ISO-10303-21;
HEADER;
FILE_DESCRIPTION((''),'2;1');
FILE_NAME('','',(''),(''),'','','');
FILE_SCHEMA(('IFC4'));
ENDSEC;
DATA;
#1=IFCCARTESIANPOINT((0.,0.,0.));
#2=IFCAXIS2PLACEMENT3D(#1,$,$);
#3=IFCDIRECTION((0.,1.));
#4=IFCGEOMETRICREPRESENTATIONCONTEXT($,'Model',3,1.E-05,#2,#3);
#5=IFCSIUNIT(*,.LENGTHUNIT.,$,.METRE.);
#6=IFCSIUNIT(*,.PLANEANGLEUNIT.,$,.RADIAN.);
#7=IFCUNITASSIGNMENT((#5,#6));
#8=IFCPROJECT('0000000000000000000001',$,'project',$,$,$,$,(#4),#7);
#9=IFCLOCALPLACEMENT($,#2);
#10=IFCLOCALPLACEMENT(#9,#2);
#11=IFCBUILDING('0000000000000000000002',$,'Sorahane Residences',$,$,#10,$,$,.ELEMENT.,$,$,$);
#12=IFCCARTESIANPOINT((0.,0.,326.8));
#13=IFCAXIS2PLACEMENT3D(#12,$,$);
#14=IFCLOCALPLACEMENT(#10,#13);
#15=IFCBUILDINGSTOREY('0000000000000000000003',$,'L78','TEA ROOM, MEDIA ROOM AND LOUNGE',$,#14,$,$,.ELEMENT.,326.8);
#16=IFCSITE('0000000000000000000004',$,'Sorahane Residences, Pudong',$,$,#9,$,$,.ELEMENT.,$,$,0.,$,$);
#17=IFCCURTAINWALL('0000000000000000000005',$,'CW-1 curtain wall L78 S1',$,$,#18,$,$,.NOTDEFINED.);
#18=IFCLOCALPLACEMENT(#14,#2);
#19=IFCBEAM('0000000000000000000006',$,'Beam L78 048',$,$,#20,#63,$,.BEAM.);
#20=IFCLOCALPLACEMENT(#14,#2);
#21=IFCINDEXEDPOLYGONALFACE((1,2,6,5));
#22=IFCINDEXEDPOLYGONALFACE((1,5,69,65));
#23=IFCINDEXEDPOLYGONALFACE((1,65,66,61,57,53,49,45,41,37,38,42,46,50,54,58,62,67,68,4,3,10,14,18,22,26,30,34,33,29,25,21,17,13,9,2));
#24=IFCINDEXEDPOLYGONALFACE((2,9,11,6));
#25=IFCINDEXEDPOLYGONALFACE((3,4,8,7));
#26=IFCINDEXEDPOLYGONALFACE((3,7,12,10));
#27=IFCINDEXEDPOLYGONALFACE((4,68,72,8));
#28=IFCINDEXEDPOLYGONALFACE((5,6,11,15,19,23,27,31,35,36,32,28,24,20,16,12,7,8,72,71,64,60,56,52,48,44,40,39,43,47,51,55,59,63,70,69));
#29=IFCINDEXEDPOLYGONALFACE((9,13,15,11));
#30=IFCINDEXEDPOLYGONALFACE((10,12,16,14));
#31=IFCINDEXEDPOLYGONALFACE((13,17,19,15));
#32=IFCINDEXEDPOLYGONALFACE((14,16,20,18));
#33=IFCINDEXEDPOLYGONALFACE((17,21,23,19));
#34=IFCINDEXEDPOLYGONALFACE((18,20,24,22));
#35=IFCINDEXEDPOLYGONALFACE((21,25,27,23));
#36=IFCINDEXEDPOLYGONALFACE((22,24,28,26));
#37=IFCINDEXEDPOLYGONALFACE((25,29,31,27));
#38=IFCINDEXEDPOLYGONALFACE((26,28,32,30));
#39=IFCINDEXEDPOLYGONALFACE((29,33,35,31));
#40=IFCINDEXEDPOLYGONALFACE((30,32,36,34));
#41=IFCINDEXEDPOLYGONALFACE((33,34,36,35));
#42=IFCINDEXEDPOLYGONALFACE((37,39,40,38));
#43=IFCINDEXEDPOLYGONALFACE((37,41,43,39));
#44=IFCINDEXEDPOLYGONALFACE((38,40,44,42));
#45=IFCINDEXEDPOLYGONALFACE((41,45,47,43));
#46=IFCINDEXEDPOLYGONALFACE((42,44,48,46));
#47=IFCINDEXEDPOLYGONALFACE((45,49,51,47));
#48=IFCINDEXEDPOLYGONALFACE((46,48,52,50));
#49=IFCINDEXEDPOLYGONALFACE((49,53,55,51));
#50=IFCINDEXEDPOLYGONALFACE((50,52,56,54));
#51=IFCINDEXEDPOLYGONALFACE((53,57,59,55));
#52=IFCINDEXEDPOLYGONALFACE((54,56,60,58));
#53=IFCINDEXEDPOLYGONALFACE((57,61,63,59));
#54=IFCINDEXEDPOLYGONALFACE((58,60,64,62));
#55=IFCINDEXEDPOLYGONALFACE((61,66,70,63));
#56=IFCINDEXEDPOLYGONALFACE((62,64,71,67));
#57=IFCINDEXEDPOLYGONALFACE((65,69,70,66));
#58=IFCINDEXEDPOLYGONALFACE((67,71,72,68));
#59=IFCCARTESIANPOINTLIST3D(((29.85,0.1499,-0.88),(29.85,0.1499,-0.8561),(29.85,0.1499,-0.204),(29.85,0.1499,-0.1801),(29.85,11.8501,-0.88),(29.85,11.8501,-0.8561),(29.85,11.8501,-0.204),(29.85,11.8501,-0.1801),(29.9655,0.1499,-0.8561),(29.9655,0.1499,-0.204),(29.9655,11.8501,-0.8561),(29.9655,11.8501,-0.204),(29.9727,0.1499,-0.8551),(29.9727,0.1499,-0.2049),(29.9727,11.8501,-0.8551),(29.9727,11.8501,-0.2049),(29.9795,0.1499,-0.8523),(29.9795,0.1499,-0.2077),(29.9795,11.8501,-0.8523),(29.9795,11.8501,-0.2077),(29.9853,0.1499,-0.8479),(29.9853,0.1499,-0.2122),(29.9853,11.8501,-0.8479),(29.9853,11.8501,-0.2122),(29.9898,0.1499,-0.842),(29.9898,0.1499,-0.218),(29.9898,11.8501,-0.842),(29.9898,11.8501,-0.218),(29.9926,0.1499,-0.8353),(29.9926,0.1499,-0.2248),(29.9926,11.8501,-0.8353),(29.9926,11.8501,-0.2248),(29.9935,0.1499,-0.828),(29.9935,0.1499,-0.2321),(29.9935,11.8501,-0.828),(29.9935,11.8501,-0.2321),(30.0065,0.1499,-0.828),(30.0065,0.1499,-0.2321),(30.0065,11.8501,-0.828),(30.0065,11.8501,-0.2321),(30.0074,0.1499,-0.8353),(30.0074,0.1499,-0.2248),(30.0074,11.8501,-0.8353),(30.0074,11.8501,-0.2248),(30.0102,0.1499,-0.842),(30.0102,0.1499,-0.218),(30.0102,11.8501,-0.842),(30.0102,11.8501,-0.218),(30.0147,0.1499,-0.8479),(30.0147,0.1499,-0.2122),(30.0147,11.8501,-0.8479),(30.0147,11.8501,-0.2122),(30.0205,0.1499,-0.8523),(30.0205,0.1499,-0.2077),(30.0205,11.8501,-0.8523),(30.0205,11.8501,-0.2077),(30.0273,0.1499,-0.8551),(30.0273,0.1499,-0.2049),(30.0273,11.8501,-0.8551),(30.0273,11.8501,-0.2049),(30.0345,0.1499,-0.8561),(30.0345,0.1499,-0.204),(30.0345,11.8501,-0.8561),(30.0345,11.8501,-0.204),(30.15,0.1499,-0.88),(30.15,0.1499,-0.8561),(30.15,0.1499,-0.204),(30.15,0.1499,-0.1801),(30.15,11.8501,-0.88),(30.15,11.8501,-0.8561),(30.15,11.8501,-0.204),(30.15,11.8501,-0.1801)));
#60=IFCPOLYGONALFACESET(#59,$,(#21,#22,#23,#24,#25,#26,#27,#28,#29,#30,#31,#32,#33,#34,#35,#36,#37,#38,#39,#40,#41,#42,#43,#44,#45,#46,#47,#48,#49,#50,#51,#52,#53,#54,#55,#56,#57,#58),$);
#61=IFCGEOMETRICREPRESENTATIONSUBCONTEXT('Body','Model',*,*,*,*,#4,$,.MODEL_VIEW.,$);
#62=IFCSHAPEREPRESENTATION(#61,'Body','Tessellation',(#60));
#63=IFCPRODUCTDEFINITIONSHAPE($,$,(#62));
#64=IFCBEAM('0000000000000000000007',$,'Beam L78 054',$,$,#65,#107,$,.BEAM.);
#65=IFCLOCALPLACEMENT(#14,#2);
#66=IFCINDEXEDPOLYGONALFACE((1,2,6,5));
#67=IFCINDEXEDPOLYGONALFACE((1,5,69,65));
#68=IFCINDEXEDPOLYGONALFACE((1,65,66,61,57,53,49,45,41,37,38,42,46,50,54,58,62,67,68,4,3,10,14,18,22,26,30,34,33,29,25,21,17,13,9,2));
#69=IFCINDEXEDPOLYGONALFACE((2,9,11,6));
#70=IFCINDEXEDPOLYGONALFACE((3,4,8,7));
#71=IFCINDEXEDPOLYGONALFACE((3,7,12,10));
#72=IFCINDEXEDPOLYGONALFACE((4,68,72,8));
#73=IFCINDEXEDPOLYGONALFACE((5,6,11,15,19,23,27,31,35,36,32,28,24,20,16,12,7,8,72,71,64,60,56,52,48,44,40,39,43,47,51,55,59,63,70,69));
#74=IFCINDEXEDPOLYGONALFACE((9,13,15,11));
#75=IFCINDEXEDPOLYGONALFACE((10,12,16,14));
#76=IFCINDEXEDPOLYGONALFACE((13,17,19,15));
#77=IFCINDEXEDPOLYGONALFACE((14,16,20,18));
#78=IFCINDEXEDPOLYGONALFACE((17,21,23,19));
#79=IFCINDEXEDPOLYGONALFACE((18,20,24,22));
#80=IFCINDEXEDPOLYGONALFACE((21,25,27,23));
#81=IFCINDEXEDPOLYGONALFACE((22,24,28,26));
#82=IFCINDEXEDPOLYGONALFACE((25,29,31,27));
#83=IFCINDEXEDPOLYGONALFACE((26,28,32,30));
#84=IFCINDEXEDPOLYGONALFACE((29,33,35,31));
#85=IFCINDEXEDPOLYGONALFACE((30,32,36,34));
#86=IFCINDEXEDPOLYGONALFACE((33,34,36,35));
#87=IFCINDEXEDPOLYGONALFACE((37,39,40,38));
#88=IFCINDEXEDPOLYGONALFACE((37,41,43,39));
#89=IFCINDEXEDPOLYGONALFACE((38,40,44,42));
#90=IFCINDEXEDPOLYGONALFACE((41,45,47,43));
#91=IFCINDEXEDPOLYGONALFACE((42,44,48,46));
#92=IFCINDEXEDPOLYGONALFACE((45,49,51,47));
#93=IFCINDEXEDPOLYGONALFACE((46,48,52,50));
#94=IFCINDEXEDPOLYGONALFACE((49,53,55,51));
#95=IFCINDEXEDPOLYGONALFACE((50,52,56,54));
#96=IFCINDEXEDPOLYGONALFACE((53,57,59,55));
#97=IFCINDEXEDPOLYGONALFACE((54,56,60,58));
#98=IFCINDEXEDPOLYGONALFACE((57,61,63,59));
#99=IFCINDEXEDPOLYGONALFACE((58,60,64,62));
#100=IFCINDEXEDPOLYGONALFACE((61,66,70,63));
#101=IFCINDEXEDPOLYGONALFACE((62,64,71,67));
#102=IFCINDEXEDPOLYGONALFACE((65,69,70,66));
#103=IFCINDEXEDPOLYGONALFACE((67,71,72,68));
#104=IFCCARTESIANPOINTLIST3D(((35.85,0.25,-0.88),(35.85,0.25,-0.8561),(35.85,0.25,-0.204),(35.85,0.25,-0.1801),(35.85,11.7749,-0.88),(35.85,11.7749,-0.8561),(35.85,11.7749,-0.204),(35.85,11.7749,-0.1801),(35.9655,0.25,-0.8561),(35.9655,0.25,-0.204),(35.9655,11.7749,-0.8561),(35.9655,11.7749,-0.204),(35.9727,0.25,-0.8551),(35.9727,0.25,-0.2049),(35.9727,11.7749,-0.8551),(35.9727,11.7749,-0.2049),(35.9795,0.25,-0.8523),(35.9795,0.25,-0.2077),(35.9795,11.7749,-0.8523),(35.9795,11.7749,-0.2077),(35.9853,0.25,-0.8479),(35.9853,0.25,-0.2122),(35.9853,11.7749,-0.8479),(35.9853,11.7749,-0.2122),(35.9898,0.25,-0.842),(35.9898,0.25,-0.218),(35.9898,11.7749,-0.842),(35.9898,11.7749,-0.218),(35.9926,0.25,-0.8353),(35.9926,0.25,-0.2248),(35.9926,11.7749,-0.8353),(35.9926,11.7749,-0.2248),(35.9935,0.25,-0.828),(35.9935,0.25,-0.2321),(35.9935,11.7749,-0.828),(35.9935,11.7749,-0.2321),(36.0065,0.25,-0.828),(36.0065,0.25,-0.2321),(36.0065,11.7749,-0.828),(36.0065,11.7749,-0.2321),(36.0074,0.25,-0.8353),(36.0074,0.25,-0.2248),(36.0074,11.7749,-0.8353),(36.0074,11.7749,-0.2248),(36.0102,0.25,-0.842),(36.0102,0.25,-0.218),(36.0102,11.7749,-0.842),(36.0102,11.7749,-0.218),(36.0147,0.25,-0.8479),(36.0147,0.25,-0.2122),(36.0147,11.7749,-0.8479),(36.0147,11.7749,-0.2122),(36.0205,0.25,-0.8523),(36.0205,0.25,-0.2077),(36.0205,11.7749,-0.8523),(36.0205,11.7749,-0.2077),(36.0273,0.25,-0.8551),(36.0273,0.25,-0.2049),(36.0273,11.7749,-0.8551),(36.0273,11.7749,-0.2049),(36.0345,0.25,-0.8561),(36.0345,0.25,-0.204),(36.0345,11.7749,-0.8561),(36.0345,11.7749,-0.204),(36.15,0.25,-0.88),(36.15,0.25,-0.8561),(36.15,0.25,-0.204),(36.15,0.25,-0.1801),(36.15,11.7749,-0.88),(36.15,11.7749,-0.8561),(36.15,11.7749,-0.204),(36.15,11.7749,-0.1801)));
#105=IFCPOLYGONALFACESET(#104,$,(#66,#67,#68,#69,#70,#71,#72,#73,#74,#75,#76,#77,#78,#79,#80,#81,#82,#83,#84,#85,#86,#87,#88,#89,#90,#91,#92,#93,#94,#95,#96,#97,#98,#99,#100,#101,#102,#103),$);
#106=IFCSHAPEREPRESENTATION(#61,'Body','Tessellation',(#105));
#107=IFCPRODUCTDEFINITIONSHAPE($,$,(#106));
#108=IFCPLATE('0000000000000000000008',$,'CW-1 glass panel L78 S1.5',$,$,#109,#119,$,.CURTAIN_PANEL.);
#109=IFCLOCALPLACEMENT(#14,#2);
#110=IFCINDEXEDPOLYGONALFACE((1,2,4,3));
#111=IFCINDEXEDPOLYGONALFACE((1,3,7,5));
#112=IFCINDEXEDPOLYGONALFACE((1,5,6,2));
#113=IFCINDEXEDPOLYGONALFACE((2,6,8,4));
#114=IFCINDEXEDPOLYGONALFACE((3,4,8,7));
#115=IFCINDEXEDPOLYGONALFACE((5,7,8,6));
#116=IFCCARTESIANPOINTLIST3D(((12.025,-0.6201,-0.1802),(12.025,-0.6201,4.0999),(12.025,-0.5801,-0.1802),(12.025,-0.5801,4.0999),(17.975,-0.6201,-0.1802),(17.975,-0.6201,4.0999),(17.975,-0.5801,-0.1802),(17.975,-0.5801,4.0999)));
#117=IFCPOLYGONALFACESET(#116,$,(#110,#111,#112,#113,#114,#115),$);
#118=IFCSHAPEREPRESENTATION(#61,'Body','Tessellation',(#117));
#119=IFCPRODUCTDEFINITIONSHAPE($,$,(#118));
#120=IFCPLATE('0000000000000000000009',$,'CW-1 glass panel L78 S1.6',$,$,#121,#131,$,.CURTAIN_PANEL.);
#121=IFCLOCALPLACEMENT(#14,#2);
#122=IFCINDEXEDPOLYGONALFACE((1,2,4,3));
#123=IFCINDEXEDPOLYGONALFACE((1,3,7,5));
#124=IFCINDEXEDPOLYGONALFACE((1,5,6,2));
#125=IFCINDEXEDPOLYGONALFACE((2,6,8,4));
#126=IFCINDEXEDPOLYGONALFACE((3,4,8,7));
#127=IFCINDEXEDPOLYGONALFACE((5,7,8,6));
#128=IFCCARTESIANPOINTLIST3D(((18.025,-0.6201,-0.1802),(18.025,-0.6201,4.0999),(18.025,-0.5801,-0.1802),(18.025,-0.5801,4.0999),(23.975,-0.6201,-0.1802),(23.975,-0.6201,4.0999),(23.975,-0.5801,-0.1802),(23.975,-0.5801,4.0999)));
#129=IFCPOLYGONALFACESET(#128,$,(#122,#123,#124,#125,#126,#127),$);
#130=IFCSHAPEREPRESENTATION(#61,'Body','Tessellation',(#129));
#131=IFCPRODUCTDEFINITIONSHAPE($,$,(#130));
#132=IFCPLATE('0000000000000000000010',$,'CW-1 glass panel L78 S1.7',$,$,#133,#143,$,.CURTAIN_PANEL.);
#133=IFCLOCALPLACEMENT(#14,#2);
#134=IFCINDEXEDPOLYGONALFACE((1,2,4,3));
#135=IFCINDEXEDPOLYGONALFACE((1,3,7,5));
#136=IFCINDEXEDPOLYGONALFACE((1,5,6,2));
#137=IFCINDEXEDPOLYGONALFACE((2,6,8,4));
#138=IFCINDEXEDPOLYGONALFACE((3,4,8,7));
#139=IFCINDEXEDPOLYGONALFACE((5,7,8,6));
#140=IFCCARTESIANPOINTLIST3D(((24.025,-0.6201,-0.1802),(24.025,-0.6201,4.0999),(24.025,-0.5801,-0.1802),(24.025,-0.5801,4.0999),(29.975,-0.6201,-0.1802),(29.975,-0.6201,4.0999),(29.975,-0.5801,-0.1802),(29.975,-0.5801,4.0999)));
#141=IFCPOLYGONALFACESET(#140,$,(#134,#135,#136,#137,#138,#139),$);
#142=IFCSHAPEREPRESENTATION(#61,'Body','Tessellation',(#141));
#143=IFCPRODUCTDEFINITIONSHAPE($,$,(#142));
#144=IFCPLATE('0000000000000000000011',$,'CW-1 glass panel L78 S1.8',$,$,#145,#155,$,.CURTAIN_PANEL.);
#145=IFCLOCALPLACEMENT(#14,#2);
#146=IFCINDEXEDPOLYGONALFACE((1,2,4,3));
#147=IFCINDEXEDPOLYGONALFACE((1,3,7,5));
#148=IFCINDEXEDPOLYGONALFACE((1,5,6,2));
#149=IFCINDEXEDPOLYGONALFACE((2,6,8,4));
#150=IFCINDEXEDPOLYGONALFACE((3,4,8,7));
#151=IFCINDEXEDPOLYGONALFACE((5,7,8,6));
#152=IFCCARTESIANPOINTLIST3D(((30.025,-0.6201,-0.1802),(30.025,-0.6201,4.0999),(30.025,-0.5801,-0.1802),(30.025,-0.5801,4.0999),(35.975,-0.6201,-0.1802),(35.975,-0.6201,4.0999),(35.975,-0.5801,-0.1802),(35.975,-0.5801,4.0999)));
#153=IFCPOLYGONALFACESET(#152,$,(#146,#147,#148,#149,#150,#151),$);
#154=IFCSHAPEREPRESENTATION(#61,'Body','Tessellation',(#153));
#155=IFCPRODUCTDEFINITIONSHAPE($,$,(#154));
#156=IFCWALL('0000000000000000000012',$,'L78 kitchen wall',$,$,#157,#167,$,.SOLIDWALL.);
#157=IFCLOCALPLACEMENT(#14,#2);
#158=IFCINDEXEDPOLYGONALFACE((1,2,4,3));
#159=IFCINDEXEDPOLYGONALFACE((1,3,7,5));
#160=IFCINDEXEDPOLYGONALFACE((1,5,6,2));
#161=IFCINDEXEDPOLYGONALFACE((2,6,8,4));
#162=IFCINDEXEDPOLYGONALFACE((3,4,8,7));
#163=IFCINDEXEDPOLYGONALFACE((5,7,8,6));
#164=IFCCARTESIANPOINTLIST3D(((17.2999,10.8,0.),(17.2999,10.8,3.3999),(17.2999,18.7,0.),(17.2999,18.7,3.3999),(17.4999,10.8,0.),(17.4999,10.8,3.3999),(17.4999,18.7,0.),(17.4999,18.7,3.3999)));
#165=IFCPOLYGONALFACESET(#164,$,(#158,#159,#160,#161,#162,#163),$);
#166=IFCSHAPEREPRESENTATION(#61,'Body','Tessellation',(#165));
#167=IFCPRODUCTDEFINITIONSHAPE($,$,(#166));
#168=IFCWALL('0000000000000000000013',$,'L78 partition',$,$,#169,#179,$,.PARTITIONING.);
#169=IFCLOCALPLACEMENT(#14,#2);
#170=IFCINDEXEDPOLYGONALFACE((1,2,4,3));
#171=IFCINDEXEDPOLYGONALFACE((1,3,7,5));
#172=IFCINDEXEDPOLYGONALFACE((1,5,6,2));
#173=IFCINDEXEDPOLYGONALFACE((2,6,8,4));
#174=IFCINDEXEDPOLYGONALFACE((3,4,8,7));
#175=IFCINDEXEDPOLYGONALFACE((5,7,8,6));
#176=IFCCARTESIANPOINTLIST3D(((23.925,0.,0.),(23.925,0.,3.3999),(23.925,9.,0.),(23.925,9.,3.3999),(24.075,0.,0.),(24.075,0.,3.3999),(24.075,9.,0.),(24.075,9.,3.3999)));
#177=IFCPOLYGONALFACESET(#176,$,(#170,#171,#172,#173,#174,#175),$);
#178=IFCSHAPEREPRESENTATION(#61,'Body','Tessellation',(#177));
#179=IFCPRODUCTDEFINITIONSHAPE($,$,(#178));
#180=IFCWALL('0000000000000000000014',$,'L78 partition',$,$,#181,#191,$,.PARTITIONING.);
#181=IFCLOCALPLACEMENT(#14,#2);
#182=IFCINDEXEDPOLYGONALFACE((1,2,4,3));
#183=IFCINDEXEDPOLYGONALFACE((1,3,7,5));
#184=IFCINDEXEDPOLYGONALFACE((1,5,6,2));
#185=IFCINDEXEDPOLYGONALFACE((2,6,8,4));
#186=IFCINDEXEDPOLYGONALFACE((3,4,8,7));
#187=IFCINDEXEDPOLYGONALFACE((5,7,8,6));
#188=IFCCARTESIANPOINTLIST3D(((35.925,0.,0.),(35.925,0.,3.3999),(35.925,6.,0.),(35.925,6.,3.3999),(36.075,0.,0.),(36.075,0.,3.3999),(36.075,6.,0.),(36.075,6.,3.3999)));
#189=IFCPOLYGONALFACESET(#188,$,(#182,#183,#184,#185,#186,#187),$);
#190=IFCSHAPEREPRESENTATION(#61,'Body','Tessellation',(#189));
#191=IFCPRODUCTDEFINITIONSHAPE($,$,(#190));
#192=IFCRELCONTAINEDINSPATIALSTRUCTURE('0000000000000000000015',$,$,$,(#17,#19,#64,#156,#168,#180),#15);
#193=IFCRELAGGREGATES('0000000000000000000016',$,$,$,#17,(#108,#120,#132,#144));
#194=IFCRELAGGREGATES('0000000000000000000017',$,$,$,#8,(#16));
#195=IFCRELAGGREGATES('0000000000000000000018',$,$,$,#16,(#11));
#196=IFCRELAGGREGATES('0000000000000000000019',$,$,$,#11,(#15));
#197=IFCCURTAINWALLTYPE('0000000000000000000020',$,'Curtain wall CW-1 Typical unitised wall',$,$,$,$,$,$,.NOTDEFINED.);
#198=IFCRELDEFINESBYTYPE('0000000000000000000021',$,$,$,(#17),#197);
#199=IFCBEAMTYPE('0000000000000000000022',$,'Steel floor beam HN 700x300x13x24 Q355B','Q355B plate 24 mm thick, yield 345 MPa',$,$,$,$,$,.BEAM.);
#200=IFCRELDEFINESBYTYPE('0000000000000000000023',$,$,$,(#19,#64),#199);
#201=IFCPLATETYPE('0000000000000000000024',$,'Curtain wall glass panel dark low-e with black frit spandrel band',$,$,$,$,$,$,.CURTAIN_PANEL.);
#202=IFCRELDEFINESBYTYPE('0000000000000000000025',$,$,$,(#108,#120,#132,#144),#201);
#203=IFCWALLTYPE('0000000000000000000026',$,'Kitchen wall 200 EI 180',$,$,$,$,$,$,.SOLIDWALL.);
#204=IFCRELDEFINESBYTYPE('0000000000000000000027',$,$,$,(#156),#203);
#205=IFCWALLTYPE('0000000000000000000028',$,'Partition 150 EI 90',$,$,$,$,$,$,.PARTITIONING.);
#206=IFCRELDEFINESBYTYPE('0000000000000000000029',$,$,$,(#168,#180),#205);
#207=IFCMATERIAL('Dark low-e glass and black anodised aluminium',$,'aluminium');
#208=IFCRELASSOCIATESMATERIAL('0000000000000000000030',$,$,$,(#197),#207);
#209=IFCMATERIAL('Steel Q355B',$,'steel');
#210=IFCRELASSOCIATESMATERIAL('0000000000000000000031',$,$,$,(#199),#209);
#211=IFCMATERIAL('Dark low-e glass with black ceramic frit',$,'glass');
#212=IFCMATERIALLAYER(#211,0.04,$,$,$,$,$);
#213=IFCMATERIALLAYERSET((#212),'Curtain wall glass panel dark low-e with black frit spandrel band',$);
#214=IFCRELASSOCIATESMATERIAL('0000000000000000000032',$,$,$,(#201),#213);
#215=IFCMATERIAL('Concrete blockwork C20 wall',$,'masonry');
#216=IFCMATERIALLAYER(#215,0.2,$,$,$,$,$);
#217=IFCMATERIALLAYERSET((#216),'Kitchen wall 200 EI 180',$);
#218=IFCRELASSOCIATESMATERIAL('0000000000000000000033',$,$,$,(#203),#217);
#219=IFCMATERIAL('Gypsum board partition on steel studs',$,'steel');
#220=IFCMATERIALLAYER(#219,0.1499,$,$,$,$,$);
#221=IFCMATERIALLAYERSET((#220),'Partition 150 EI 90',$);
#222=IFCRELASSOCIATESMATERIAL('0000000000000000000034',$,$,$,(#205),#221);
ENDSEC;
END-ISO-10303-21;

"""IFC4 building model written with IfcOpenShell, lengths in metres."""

from ifc_helpers import new_model, si_unit, direction, frame, frame_2d, origin, origin_2d, place, context, subcontext, project, spatial, rectangle, i_section, extrude, material, layer, layer_set, material_profile, profile_set, type_object, element, aggregate, save


model = new_model("IFC4")

# Units and contexts
model_context = context("Model", 3, precision=1e-05, world=origin(), true_north=direction((0.0, 1.0)))
body_context = subcontext(model_context, "Body", "Model", "MODEL_VIEW")
ifc_project = project(units=[si_unit("LENGTHUNIT", "METRE"), si_unit("PLANEANGLEUNIT", "RADIAN")], contexts=[model_context])

# Site, building, storey
site_placement = place(None, origin())
site = spatial("IfcSite", under=ifc_project, at=site_placement, Name="Sorahane Residences, Pudong", CompositionType="ELEMENT", RefElevation=0.0)
building_placement = place(site_placement, origin())
building = spatial("IfcBuilding", under=site, at=building_placement, Name="Sorahane Residences", CompositionType="ELEMENT")
storey_placement = place(building_placement, frame((0.0, 0.0, 326.8)))
storey = spatial("IfcBuildingStorey", under=building, at=storey_placement, Name="L78", Description="TEA ROOM, MEDIA ROOM AND LOUNGE", CompositionType="ELEMENT", Elevation=326.8)

# Curtain wall
ifc_material_1 = material(Name="Dark low-e glass and black anodised aluminium", Category="aluminium")
curtain_wall_type = type_object("IfcCurtainWallType", Name="Curtain wall CW-1 Typical unitised wall", PredefinedType="NOTDEFINED", material=ifc_material_1)
curtain_wall_placement = place(storey_placement, origin())
curtain_wall = element("IfcCurtainWall", 1, at=curtain_wall_placement, inside=storey, type_object=curtain_wall_type, Name="CW-1 curtain wall L78 S1", PredefinedType="NOTDEFINED")

# Beams
ifc_material_2 = material(Name="Steel Q355B", Category="steel")
ifc_material_profile_1 = material_profile(ifc_material_2, i_section(OverallWidth=0.3, OverallDepth=0.7, WebThickness=0.0129, FlangeThickness=0.0239, FilletRadius=0.0281, at=origin_2d()), Name="HN 700x300x13x24")
ifc_profile_set_1 = profile_set([ifc_material_profile_1], Name="Steel Q355B")
beam_type_1 = type_object("IfcBeamType", Name="Steel floor beam HN 700x300x13x24 Q355B", Description="Q355B plate 24 mm thick, yield 345 MPa", PredefinedType="BEAM", material=ifc_profile_set_1)
beam_1_placement = place(storey_placement, frame((30.0, 0.1499, -0.53), z_axis=(0.0, 1.0, 0.0), x_axis=(-1.0, 0.0, 0.0)))
element("IfcBeam", 2, at=beam_1_placement, inside=storey, type_object=beam_type_1, Name="Beam L78 048", PredefinedType="BEAM", context=body_context, shape_type="SweptSolid", body=[
    extrude(i_section(OverallWidth=0.3, OverallDepth=0.7, WebThickness=0.0129, FlangeThickness=0.0239, FilletRadius=0.0281, at=origin_2d()), origin(), (0.0, 0.0, 1.0), 11.7002),
])
beam_2_placement = place(storey_placement, frame((36.0, 0.25, -0.53), z_axis=(0.0, 1.0, 0.0), x_axis=(-1.0, 0.0, 0.0)))
element("IfcBeam", 3, at=beam_2_placement, inside=storey, type_object=beam_type_1, Name="Beam L78 054", PredefinedType="BEAM", context=body_context, shape_type="SweptSolid", body=[
    extrude(i_section(OverallWidth=0.3, OverallDepth=0.7, WebThickness=0.0129, FlangeThickness=0.0239, FilletRadius=0.0281, at=origin_2d()), origin(), (0.0, 0.0, 1.0), 11.5249),
])

# Plates
ifc_material_3 = material(Name="Dark low-e glass with black ceramic frit", Category="glass")
ifc_layer_1 = layer(ifc_material_3, 0.04)
ifc_layer_set_1 = layer_set([ifc_layer_1], Name="Curtain wall glass panel dark low-e with black frit spandrel band")
plate_type = type_object("IfcPlateType", Name="Curtain wall glass panel dark low-e with black frit spandrel band", PredefinedType="CURTAIN_PANEL", material=ifc_layer_set_1)
plate_1_placement = place(storey_placement, frame((15.0, -0.6001, -0.1802), z_axis=(0.0, 0.0, 1.0), x_axis=(1.0, 0.0, 0.0)))
plate_1 = element("IfcPlate", 4, at=plate_1_placement, type_object=plate_type, Name="CW-1 glass panel L78 S1.5", PredefinedType="CURTAIN_PANEL", context=body_context, shape_type="SweptSolid", body=[
    extrude(rectangle(XDim=5.95, YDim=0.04, at=origin_2d()), origin(), (0.0, 0.0, 1.0), 4.28),
])
plate_2_placement = place(storey_placement, frame((21.0, -0.6001, -0.1802), z_axis=(0.0, 0.0, 1.0), x_axis=(1.0, 0.0, 0.0)))
plate_2 = element("IfcPlate", 5, at=plate_2_placement, type_object=plate_type, Name="CW-1 glass panel L78 S1.6", PredefinedType="CURTAIN_PANEL", context=body_context, shape_type="SweptSolid", body=[
    extrude(rectangle(XDim=5.95, YDim=0.04, at=origin_2d()), origin(), (0.0, 0.0, 1.0), 4.28),
])
plate_3_placement = place(storey_placement, frame((27.0, -0.6001, -0.1802), z_axis=(0.0, 0.0, 1.0), x_axis=(1.0, 0.0, 0.0)))
plate_3 = element("IfcPlate", 6, at=plate_3_placement, type_object=plate_type, Name="CW-1 glass panel L78 S1.7", PredefinedType="CURTAIN_PANEL", context=body_context, shape_type="SweptSolid", body=[
    extrude(rectangle(XDim=5.95, YDim=0.04, at=origin_2d()), origin(), (0.0, 0.0, 1.0), 4.28),
])
plate_4_placement = place(storey_placement, frame((33.0, -0.6001, -0.1802), z_axis=(0.0, 0.0, 1.0), x_axis=(1.0, 0.0, 0.0)))
plate_4 = element("IfcPlate", 7, at=plate_4_placement, type_object=plate_type, Name="CW-1 glass panel L78 S1.8", PredefinedType="CURTAIN_PANEL", context=body_context, shape_type="SweptSolid", body=[
    extrude(rectangle(XDim=5.95, YDim=0.04, at=origin_2d()), origin(), (0.0, 0.0, 1.0), 4.28),
])
aggregate(curtain_wall, [plate_1, plate_2, plate_3, plate_4])

# Walls
ifc_material_4 = material(Name="Concrete blockwork C20 wall", Category="masonry")
ifc_layer_2 = layer(ifc_material_4, 0.2)
ifc_layer_set_2 = layer_set([ifc_layer_2], Name="Kitchen wall 200 EI 180")
wall_type_1 = type_object("IfcWallType", Name="Kitchen wall 200 EI 180", PredefinedType="SOLIDWALL", material=ifc_layer_set_2)
wall_1_placement = place(storey_placement, frame((17.3999, 10.8, 0.0), z_axis=(0.0, 0.0, 1.0), x_axis=(0.0, 1.0, 0.0)))
element("IfcWall", 8, at=wall_1_placement, inside=storey, type_object=wall_type_1, Name="L78 kitchen wall", PredefinedType="SOLIDWALL", context=body_context, shape_type="SweptSolid", body=[
    extrude(rectangle(XDim=7.8999, YDim=0.2, at=frame_2d((3.95, 0.0))), origin(), (0.0, 0.0, 1.0), 3.3999),
])
ifc_material_5 = material(Name="Gypsum board partition on steel studs", Category="steel")
ifc_layer_3 = layer(ifc_material_5, 0.1499)
ifc_layer_set_3 = layer_set([ifc_layer_3], Name="Partition 150 EI 90")
wall_type_2 = type_object("IfcWallType", Name="Partition 150 EI 90", PredefinedType="PARTITIONING", material=ifc_layer_set_3)
wall_2_placement = place(storey_placement, frame((24.0, 0.0, 0.0), z_axis=(0.0, 0.0, 1.0), x_axis=(0.0, 1.0, 0.0)))
element("IfcWall", 9, at=wall_2_placement, inside=storey, type_object=wall_type_2, Name="L78 partition", PredefinedType="PARTITIONING", context=body_context, shape_type="SweptSolid", body=[
    extrude(rectangle(XDim=9.0, YDim=0.1499, at=frame_2d((4.5, 0.0))), origin(), (0.0, 0.0, 1.0), 3.3999),
])
wall_3_placement = place(storey_placement, frame((36.0, 0.0, 0.0), z_axis=(0.0, 0.0, 1.0), x_axis=(0.0, 1.0, 0.0)))
element("IfcWall", 10, at=wall_3_placement, inside=storey, type_object=wall_type_2, Name="L78 partition", PredefinedType="PARTITIONING", context=body_context, shape_type="SweptSolid", body=[
    extrude(rectangle(XDim=6.0, YDim=0.1499, at=frame_2d((3.0, 0.0))), origin(), (0.0, 0.0, 1.0), 3.3999),
])

save(model, "model.ifc")
